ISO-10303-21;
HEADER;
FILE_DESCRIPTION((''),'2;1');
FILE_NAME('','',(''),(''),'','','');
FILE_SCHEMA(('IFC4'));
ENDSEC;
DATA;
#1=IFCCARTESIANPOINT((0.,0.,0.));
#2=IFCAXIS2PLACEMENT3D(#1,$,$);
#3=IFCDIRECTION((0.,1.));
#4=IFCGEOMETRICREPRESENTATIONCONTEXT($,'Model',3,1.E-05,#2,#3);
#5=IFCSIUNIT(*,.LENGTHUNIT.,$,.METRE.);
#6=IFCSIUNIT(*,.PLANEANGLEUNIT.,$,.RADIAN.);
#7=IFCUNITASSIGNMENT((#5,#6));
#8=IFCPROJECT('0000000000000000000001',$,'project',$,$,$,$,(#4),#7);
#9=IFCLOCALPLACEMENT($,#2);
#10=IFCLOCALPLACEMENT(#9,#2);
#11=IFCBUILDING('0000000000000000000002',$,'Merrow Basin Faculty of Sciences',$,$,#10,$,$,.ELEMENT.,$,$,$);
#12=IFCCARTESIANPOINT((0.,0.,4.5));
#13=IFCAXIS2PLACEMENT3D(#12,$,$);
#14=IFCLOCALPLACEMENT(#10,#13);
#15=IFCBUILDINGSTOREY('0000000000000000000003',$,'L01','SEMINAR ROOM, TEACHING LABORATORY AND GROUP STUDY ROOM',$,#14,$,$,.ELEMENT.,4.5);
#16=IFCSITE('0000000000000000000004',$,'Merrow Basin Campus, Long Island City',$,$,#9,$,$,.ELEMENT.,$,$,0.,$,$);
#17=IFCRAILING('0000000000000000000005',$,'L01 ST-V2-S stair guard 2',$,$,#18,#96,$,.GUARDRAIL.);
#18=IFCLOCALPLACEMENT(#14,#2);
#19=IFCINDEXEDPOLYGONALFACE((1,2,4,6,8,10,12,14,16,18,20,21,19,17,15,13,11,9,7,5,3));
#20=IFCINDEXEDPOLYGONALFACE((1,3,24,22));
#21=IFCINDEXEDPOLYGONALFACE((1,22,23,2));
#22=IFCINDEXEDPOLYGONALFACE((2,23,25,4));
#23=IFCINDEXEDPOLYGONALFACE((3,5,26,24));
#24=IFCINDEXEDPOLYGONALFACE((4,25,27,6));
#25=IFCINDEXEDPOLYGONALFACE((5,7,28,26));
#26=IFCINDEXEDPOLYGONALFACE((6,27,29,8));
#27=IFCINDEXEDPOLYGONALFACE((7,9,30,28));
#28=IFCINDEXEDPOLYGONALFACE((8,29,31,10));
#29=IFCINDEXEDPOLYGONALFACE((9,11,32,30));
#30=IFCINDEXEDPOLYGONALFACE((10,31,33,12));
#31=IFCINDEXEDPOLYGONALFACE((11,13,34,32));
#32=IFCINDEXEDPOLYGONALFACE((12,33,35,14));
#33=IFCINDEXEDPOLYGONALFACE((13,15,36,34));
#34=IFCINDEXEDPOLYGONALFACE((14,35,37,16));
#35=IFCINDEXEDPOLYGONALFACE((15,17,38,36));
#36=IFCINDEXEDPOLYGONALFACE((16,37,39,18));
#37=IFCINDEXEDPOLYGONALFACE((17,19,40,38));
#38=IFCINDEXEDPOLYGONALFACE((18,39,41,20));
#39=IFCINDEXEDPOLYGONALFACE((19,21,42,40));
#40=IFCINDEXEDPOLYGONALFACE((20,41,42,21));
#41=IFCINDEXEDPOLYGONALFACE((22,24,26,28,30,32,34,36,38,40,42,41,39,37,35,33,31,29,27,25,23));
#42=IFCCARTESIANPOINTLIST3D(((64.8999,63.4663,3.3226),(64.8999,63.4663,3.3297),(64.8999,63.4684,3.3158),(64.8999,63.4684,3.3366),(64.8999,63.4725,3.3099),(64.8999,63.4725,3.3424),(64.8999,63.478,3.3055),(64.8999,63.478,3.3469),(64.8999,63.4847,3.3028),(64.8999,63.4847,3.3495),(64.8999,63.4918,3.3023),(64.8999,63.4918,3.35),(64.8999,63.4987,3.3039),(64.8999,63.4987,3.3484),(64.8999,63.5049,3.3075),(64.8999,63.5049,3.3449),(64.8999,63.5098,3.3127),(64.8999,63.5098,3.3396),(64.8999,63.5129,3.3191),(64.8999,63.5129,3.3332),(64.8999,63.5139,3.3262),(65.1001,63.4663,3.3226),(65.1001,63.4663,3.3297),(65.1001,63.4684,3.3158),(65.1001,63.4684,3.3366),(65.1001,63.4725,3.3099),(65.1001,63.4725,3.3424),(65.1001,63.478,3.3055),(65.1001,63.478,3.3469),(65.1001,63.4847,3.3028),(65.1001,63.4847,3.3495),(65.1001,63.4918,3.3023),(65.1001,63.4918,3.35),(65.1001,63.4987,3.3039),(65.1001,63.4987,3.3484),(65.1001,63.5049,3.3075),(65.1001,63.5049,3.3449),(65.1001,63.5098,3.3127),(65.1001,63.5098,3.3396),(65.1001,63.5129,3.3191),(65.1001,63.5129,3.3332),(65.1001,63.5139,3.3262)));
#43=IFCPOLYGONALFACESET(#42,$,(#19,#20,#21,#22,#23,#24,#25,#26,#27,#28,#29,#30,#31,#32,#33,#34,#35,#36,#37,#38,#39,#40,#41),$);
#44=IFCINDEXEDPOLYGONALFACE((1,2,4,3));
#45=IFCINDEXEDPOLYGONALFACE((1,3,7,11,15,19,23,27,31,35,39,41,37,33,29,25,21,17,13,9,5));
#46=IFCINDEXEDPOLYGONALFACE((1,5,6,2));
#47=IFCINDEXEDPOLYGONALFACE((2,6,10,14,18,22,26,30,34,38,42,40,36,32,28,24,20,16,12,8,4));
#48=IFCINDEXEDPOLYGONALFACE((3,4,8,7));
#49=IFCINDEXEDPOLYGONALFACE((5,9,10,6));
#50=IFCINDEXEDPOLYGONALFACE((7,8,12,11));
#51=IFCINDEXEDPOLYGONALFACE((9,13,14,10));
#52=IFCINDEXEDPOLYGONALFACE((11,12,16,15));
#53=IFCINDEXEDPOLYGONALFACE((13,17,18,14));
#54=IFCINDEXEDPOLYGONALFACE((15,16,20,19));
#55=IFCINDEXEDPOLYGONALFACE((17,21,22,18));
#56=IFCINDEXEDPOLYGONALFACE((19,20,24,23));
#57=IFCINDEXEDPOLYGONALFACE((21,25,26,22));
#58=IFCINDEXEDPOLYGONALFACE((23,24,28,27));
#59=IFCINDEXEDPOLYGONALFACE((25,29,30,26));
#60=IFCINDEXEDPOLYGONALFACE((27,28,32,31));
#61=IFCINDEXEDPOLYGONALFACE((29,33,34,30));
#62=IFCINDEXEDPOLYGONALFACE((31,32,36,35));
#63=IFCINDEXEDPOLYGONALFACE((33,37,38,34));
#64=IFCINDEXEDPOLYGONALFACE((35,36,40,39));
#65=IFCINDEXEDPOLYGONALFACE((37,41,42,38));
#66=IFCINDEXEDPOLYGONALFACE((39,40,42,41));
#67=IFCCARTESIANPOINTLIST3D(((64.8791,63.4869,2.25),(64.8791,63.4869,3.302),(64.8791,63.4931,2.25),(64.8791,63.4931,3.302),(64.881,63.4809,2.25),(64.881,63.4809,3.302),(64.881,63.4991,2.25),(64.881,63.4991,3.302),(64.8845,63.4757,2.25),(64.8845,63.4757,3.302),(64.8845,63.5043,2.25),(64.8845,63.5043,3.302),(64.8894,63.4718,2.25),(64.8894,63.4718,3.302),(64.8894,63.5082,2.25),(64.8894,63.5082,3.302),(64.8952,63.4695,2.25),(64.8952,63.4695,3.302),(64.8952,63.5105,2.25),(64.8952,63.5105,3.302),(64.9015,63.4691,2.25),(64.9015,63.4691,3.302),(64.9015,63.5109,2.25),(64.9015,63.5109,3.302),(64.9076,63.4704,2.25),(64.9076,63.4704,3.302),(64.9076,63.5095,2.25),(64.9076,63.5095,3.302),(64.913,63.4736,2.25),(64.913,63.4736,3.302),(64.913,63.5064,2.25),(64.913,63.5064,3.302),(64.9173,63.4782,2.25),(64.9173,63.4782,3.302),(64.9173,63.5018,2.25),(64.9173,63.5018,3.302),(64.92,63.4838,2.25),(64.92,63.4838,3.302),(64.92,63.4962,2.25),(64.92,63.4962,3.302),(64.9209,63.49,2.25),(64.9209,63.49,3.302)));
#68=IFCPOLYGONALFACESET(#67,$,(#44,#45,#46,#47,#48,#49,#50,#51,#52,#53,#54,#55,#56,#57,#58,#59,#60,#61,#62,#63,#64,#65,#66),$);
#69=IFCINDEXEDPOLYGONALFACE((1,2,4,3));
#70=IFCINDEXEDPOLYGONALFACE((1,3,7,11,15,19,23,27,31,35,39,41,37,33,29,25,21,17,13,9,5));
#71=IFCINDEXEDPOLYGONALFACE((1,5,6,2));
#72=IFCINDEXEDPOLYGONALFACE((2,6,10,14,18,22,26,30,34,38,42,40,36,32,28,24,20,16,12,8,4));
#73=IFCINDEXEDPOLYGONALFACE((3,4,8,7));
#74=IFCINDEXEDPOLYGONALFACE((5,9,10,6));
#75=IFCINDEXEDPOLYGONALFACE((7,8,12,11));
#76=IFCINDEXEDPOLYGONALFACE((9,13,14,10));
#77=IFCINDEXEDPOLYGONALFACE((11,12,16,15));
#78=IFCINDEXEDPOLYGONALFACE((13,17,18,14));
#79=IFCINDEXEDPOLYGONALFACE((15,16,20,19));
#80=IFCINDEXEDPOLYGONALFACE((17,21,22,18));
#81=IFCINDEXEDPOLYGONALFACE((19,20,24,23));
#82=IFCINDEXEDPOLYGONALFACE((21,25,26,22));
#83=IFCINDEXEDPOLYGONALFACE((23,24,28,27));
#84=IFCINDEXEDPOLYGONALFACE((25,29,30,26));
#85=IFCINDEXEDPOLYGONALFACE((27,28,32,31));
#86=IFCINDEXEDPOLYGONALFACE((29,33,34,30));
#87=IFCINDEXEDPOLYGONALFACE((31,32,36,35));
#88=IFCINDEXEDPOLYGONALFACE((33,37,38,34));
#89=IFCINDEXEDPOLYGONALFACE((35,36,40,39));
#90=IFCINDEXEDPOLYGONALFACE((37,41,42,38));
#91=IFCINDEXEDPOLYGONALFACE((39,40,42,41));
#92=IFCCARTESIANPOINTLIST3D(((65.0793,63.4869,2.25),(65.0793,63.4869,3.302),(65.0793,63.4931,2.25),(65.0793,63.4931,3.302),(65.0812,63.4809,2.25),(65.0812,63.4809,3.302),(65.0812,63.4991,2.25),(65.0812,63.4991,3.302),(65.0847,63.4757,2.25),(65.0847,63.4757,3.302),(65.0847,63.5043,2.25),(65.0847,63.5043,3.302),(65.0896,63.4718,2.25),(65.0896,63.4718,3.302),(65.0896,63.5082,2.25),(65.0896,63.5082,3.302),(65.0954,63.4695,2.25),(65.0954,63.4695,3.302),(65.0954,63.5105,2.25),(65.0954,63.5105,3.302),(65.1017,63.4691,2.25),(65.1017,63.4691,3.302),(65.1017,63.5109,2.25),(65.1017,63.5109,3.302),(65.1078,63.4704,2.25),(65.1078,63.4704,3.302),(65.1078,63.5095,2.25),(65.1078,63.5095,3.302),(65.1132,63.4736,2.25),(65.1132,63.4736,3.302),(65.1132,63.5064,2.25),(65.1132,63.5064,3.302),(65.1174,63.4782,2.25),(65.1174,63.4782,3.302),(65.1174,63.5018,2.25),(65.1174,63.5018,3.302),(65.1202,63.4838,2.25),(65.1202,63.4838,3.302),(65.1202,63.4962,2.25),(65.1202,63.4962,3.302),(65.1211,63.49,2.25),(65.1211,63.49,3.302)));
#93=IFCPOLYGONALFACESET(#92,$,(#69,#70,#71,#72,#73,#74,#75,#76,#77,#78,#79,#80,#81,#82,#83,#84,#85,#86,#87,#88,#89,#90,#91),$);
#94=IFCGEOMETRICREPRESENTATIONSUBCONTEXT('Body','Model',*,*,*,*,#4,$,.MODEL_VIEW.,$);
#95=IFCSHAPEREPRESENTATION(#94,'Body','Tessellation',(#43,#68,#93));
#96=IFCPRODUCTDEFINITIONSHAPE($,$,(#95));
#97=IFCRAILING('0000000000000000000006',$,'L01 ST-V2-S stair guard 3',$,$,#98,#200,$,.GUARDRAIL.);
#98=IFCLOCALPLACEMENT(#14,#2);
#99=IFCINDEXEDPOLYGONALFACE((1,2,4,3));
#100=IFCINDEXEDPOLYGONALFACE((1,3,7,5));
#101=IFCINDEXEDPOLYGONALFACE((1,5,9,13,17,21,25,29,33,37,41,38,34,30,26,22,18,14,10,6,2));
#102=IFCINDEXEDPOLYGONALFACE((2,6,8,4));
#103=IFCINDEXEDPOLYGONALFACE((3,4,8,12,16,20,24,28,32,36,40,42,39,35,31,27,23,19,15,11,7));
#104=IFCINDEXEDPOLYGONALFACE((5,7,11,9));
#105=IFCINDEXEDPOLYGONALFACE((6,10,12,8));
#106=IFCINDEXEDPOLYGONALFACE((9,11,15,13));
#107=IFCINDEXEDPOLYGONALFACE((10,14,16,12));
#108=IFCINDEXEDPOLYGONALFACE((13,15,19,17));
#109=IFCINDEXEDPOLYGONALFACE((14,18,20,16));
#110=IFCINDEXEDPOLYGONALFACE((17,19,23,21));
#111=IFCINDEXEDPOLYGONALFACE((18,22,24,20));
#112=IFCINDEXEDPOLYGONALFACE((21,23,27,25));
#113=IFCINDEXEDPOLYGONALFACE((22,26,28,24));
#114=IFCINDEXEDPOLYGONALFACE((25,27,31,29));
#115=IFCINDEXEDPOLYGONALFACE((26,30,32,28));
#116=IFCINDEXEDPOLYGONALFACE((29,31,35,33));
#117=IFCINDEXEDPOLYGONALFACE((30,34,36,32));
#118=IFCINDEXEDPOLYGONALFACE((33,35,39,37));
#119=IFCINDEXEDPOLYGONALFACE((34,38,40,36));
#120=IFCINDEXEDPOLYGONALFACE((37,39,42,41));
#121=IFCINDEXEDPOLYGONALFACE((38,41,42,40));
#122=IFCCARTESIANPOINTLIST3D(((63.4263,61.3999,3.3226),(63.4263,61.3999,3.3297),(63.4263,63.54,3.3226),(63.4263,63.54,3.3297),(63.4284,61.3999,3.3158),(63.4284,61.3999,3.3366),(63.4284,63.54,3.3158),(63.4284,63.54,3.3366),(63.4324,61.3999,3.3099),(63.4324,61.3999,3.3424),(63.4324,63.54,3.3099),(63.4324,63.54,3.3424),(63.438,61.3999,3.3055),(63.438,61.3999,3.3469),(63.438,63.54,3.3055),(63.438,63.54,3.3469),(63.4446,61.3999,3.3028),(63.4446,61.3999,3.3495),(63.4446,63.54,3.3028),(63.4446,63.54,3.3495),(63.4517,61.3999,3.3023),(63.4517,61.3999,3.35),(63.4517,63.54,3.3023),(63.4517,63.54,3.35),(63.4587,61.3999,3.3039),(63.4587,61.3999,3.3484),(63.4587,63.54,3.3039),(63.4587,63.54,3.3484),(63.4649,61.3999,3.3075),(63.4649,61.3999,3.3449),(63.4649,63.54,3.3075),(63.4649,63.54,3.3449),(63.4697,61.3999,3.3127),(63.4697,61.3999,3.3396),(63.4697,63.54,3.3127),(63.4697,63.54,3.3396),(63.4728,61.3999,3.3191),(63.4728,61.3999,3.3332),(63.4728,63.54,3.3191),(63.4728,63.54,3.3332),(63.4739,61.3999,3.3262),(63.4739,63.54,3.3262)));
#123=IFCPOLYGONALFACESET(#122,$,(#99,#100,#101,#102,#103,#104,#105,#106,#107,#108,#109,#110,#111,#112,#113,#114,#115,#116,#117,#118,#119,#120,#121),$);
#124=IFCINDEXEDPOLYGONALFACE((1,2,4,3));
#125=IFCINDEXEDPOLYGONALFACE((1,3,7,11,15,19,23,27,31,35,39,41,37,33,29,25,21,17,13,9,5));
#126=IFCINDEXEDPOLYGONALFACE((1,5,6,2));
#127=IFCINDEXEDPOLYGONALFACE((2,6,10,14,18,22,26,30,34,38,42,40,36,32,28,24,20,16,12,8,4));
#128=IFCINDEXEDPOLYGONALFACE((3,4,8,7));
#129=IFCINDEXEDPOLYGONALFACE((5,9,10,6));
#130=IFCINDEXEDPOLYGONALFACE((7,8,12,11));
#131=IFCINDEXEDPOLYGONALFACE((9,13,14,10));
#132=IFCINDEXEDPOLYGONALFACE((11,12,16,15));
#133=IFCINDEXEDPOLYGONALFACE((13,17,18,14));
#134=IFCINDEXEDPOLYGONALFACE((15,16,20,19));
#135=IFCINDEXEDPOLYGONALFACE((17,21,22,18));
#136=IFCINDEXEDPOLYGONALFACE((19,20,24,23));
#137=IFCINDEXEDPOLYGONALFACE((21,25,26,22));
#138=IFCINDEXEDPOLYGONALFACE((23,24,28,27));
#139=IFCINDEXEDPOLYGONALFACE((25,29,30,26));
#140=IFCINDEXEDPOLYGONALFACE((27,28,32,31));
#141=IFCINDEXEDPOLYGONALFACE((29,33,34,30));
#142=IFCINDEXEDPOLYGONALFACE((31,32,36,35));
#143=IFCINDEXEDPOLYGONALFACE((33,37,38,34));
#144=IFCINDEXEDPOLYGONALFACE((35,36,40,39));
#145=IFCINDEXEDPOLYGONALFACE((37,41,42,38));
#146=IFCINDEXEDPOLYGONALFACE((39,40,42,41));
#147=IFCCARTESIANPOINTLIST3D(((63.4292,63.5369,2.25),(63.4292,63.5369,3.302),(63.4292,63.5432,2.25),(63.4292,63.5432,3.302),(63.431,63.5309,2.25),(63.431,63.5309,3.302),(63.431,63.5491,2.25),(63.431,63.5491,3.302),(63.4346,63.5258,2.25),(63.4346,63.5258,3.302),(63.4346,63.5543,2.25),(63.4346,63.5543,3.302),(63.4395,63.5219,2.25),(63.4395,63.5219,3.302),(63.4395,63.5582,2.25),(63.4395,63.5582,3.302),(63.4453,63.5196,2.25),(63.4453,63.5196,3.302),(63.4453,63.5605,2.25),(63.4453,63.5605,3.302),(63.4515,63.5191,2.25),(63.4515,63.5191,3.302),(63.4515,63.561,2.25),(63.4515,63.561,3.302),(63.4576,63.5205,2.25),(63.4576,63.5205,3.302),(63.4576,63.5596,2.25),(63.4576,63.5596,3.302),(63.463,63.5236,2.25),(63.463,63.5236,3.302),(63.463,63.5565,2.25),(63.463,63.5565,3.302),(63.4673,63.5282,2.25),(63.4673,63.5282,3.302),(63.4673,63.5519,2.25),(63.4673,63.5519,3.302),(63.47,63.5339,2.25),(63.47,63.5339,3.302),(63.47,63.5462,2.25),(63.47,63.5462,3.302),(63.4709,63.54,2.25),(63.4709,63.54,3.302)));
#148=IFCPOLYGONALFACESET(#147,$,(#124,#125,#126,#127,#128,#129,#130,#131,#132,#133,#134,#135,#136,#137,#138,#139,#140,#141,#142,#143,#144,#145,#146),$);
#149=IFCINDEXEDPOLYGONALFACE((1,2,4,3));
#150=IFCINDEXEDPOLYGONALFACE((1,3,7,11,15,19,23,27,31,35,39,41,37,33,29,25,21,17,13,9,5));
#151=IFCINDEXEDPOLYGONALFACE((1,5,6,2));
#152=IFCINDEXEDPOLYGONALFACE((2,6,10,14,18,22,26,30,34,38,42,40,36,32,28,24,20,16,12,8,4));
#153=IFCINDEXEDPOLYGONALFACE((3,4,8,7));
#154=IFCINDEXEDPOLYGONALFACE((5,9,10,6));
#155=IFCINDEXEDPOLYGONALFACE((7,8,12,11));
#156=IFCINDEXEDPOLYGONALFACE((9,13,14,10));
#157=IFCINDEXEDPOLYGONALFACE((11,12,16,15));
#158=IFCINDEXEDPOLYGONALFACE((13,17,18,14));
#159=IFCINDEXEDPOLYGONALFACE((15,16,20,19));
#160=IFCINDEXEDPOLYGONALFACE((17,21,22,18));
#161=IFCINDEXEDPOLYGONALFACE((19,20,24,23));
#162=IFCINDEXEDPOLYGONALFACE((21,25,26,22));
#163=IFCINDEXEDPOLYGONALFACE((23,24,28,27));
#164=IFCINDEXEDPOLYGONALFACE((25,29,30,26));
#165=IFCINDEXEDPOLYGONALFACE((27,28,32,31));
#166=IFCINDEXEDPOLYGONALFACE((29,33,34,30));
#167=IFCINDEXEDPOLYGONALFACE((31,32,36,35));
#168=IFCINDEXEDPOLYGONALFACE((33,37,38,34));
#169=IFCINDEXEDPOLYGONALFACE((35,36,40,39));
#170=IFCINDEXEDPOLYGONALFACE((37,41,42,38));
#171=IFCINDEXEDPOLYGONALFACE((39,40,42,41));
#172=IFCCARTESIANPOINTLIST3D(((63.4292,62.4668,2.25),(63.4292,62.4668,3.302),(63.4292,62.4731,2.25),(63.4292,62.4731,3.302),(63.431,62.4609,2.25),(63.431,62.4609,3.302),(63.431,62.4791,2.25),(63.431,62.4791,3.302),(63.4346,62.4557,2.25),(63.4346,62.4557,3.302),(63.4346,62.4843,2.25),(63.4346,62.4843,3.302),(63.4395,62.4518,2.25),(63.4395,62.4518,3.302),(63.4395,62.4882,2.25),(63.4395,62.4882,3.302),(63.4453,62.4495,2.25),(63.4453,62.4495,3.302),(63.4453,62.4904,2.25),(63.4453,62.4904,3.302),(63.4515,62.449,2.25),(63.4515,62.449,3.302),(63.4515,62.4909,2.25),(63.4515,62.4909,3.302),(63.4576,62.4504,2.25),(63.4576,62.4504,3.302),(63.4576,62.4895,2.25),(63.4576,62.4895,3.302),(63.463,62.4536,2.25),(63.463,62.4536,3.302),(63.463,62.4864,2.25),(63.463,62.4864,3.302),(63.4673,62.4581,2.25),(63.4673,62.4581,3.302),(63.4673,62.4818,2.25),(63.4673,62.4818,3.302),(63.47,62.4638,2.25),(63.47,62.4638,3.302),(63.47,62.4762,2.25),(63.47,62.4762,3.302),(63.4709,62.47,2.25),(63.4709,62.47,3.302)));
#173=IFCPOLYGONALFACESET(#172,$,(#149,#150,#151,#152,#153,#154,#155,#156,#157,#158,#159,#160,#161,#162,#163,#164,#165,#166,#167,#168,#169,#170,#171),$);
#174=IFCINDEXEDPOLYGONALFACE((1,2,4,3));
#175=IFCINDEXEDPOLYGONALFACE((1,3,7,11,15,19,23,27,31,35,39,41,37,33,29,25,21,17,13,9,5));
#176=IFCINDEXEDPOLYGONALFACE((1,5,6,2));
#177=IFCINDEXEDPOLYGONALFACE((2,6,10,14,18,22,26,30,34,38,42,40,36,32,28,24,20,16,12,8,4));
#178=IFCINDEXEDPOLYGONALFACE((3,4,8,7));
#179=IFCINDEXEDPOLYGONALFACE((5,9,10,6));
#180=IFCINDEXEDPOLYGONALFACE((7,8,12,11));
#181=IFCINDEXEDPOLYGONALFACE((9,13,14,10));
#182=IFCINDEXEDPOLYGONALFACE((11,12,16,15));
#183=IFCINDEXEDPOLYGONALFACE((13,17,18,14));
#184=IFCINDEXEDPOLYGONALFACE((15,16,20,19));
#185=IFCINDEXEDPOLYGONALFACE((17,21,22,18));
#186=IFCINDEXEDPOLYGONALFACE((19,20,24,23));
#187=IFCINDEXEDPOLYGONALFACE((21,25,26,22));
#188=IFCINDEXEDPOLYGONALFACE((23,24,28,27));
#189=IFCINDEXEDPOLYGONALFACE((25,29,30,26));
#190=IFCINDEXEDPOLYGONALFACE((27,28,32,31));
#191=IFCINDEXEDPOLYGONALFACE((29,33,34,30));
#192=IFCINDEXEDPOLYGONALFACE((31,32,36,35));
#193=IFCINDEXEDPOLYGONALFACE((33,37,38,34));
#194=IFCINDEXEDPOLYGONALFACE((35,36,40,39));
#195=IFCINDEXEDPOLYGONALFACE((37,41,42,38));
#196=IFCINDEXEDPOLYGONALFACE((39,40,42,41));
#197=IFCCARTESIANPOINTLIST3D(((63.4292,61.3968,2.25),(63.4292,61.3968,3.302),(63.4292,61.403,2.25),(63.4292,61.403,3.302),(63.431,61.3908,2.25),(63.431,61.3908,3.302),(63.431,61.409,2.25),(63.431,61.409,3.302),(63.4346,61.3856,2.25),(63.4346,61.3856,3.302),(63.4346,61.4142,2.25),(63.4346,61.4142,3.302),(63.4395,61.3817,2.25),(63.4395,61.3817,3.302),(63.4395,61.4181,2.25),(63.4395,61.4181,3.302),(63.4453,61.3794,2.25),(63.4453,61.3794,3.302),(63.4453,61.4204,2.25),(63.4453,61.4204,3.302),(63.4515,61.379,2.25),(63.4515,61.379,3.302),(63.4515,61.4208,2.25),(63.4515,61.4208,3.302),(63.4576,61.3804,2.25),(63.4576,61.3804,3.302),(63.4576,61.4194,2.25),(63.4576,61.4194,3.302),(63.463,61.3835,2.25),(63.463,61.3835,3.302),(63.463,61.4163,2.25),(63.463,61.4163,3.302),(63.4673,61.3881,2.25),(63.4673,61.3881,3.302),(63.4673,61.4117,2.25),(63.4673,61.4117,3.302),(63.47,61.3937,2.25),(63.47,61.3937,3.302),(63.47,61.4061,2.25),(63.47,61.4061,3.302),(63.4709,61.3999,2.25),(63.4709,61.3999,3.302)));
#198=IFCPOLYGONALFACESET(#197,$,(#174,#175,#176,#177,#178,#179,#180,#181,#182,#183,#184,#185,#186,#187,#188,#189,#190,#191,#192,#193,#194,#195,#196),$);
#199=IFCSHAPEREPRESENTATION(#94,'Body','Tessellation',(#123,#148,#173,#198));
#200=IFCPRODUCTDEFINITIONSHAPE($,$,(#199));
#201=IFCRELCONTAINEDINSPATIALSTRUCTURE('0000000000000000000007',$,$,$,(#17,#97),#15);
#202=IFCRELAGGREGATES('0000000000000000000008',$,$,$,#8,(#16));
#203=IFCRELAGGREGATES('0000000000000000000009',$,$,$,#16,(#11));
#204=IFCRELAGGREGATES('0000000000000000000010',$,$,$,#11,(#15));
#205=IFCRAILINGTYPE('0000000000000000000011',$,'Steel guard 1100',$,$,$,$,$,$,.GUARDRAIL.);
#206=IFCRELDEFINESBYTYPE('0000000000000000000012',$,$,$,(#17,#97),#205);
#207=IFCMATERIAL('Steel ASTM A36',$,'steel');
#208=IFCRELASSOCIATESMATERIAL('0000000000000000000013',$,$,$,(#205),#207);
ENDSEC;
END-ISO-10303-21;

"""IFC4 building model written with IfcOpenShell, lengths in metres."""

from ifc_helpers import new_model, si_unit, direction, frame, origin, origin_2d, place, context, subcontext, project, spatial, circle, extrude, material, type_object, element, save


model = new_model("IFC4")

# Units and contexts
model_context = context("Model", 3, precision=1e-05, world=origin(), true_north=direction((0.0, 1.0)))
body_context = subcontext(model_context, "Body", "Model", "MODEL_VIEW")
ifc_project = project(units=[si_unit("LENGTHUNIT", "METRE"), si_unit("PLANEANGLEUNIT", "RADIAN")], contexts=[model_context])

# Site, building, storey
site_placement = place(None, origin())
site = spatial("IfcSite", under=ifc_project, at=site_placement, Name="Merrow Basin Campus, Long Island City", CompositionType="ELEMENT", RefElevation=0.0)
building_placement = place(site_placement, origin())
building = spatial("IfcBuilding", under=site, at=building_placement, Name="Merrow Basin Faculty of Sciences", CompositionType="ELEMENT")
storey_placement = place(building_placement, frame((0.0, 0.0, 4.5)))
storey = spatial("IfcBuildingStorey", under=building, at=storey_placement, Name="L01", Description="SEMINAR ROOM, TEACHING LABORATORY AND GROUP STUDY ROOM", CompositionType="ELEMENT", Elevation=4.5)

# Railings
ifc_material_1 = material(Name="Steel ASTM A36", Category="steel")
railing_type_1 = type_object("IfcRailingType", Name="Steel guard 1100", PredefinedType="GUARDRAIL", material=ifc_material_1)
railing_1_placement = place(storey_placement, frame((64.8999, 63.49, 2.25)))
element("IfcRailing", 1, at=railing_1_placement, inside=storey, type_object=railing_type_1, Name="L01 ST-V2-S stair guard 2", PredefinedType="GUARDRAIL", context=body_context, shape_type="SweptSolid", body=[
    extrude(circle(Radius=0.0239, at=origin_2d()), frame((0.0, 0.0, 1.0762), z_axis=(1.0, 0.0, 0.0), x_axis=(0.0, 1.0, 0.0)), (0.0, 0.0, 1.0), 0.2002),
    extrude(circle(Radius=0.021, at=origin_2d()), origin(), (0.0, 0.0, 1.0), 1.052),
    extrude(circle(Radius=0.021, at=origin_2d()), frame((0.2002, 0.0, 0.0)), (0.0, 0.0, 1.0), 1.052),
])
railing_2_placement = place(storey_placement, frame((63.45, 63.54, 2.25)))
element("IfcRailing", 2, at=railing_2_placement, inside=storey, type_object=railing_type_1, Name="L01 ST-V2-S stair guard 3", PredefinedType="GUARDRAIL", context=body_context, shape_type="SweptSolid", body=[
    extrude(circle(Radius=0.0239, at=origin_2d()), frame((0.0, 0.0, 1.0762), z_axis=(0.0, -1.0, 0.0), x_axis=(1.0, 0.0, 0.0)), (0.0, 0.0, 1.0), 2.1401),
    extrude(circle(Radius=0.021, at=origin_2d()), origin(), (0.0, 0.0, 1.0), 1.052),
    extrude(circle(Radius=0.021, at=origin_2d()), frame((0.0, -1.0701, 0.0)), (0.0, 0.0, 1.0), 1.052),
    extrude(circle(Radius=0.021, at=origin_2d()), frame((0.0, -2.1401, 0.0)), (0.0, 0.0, 1.0), 1.052),
])

save(model, "model.ifc")
